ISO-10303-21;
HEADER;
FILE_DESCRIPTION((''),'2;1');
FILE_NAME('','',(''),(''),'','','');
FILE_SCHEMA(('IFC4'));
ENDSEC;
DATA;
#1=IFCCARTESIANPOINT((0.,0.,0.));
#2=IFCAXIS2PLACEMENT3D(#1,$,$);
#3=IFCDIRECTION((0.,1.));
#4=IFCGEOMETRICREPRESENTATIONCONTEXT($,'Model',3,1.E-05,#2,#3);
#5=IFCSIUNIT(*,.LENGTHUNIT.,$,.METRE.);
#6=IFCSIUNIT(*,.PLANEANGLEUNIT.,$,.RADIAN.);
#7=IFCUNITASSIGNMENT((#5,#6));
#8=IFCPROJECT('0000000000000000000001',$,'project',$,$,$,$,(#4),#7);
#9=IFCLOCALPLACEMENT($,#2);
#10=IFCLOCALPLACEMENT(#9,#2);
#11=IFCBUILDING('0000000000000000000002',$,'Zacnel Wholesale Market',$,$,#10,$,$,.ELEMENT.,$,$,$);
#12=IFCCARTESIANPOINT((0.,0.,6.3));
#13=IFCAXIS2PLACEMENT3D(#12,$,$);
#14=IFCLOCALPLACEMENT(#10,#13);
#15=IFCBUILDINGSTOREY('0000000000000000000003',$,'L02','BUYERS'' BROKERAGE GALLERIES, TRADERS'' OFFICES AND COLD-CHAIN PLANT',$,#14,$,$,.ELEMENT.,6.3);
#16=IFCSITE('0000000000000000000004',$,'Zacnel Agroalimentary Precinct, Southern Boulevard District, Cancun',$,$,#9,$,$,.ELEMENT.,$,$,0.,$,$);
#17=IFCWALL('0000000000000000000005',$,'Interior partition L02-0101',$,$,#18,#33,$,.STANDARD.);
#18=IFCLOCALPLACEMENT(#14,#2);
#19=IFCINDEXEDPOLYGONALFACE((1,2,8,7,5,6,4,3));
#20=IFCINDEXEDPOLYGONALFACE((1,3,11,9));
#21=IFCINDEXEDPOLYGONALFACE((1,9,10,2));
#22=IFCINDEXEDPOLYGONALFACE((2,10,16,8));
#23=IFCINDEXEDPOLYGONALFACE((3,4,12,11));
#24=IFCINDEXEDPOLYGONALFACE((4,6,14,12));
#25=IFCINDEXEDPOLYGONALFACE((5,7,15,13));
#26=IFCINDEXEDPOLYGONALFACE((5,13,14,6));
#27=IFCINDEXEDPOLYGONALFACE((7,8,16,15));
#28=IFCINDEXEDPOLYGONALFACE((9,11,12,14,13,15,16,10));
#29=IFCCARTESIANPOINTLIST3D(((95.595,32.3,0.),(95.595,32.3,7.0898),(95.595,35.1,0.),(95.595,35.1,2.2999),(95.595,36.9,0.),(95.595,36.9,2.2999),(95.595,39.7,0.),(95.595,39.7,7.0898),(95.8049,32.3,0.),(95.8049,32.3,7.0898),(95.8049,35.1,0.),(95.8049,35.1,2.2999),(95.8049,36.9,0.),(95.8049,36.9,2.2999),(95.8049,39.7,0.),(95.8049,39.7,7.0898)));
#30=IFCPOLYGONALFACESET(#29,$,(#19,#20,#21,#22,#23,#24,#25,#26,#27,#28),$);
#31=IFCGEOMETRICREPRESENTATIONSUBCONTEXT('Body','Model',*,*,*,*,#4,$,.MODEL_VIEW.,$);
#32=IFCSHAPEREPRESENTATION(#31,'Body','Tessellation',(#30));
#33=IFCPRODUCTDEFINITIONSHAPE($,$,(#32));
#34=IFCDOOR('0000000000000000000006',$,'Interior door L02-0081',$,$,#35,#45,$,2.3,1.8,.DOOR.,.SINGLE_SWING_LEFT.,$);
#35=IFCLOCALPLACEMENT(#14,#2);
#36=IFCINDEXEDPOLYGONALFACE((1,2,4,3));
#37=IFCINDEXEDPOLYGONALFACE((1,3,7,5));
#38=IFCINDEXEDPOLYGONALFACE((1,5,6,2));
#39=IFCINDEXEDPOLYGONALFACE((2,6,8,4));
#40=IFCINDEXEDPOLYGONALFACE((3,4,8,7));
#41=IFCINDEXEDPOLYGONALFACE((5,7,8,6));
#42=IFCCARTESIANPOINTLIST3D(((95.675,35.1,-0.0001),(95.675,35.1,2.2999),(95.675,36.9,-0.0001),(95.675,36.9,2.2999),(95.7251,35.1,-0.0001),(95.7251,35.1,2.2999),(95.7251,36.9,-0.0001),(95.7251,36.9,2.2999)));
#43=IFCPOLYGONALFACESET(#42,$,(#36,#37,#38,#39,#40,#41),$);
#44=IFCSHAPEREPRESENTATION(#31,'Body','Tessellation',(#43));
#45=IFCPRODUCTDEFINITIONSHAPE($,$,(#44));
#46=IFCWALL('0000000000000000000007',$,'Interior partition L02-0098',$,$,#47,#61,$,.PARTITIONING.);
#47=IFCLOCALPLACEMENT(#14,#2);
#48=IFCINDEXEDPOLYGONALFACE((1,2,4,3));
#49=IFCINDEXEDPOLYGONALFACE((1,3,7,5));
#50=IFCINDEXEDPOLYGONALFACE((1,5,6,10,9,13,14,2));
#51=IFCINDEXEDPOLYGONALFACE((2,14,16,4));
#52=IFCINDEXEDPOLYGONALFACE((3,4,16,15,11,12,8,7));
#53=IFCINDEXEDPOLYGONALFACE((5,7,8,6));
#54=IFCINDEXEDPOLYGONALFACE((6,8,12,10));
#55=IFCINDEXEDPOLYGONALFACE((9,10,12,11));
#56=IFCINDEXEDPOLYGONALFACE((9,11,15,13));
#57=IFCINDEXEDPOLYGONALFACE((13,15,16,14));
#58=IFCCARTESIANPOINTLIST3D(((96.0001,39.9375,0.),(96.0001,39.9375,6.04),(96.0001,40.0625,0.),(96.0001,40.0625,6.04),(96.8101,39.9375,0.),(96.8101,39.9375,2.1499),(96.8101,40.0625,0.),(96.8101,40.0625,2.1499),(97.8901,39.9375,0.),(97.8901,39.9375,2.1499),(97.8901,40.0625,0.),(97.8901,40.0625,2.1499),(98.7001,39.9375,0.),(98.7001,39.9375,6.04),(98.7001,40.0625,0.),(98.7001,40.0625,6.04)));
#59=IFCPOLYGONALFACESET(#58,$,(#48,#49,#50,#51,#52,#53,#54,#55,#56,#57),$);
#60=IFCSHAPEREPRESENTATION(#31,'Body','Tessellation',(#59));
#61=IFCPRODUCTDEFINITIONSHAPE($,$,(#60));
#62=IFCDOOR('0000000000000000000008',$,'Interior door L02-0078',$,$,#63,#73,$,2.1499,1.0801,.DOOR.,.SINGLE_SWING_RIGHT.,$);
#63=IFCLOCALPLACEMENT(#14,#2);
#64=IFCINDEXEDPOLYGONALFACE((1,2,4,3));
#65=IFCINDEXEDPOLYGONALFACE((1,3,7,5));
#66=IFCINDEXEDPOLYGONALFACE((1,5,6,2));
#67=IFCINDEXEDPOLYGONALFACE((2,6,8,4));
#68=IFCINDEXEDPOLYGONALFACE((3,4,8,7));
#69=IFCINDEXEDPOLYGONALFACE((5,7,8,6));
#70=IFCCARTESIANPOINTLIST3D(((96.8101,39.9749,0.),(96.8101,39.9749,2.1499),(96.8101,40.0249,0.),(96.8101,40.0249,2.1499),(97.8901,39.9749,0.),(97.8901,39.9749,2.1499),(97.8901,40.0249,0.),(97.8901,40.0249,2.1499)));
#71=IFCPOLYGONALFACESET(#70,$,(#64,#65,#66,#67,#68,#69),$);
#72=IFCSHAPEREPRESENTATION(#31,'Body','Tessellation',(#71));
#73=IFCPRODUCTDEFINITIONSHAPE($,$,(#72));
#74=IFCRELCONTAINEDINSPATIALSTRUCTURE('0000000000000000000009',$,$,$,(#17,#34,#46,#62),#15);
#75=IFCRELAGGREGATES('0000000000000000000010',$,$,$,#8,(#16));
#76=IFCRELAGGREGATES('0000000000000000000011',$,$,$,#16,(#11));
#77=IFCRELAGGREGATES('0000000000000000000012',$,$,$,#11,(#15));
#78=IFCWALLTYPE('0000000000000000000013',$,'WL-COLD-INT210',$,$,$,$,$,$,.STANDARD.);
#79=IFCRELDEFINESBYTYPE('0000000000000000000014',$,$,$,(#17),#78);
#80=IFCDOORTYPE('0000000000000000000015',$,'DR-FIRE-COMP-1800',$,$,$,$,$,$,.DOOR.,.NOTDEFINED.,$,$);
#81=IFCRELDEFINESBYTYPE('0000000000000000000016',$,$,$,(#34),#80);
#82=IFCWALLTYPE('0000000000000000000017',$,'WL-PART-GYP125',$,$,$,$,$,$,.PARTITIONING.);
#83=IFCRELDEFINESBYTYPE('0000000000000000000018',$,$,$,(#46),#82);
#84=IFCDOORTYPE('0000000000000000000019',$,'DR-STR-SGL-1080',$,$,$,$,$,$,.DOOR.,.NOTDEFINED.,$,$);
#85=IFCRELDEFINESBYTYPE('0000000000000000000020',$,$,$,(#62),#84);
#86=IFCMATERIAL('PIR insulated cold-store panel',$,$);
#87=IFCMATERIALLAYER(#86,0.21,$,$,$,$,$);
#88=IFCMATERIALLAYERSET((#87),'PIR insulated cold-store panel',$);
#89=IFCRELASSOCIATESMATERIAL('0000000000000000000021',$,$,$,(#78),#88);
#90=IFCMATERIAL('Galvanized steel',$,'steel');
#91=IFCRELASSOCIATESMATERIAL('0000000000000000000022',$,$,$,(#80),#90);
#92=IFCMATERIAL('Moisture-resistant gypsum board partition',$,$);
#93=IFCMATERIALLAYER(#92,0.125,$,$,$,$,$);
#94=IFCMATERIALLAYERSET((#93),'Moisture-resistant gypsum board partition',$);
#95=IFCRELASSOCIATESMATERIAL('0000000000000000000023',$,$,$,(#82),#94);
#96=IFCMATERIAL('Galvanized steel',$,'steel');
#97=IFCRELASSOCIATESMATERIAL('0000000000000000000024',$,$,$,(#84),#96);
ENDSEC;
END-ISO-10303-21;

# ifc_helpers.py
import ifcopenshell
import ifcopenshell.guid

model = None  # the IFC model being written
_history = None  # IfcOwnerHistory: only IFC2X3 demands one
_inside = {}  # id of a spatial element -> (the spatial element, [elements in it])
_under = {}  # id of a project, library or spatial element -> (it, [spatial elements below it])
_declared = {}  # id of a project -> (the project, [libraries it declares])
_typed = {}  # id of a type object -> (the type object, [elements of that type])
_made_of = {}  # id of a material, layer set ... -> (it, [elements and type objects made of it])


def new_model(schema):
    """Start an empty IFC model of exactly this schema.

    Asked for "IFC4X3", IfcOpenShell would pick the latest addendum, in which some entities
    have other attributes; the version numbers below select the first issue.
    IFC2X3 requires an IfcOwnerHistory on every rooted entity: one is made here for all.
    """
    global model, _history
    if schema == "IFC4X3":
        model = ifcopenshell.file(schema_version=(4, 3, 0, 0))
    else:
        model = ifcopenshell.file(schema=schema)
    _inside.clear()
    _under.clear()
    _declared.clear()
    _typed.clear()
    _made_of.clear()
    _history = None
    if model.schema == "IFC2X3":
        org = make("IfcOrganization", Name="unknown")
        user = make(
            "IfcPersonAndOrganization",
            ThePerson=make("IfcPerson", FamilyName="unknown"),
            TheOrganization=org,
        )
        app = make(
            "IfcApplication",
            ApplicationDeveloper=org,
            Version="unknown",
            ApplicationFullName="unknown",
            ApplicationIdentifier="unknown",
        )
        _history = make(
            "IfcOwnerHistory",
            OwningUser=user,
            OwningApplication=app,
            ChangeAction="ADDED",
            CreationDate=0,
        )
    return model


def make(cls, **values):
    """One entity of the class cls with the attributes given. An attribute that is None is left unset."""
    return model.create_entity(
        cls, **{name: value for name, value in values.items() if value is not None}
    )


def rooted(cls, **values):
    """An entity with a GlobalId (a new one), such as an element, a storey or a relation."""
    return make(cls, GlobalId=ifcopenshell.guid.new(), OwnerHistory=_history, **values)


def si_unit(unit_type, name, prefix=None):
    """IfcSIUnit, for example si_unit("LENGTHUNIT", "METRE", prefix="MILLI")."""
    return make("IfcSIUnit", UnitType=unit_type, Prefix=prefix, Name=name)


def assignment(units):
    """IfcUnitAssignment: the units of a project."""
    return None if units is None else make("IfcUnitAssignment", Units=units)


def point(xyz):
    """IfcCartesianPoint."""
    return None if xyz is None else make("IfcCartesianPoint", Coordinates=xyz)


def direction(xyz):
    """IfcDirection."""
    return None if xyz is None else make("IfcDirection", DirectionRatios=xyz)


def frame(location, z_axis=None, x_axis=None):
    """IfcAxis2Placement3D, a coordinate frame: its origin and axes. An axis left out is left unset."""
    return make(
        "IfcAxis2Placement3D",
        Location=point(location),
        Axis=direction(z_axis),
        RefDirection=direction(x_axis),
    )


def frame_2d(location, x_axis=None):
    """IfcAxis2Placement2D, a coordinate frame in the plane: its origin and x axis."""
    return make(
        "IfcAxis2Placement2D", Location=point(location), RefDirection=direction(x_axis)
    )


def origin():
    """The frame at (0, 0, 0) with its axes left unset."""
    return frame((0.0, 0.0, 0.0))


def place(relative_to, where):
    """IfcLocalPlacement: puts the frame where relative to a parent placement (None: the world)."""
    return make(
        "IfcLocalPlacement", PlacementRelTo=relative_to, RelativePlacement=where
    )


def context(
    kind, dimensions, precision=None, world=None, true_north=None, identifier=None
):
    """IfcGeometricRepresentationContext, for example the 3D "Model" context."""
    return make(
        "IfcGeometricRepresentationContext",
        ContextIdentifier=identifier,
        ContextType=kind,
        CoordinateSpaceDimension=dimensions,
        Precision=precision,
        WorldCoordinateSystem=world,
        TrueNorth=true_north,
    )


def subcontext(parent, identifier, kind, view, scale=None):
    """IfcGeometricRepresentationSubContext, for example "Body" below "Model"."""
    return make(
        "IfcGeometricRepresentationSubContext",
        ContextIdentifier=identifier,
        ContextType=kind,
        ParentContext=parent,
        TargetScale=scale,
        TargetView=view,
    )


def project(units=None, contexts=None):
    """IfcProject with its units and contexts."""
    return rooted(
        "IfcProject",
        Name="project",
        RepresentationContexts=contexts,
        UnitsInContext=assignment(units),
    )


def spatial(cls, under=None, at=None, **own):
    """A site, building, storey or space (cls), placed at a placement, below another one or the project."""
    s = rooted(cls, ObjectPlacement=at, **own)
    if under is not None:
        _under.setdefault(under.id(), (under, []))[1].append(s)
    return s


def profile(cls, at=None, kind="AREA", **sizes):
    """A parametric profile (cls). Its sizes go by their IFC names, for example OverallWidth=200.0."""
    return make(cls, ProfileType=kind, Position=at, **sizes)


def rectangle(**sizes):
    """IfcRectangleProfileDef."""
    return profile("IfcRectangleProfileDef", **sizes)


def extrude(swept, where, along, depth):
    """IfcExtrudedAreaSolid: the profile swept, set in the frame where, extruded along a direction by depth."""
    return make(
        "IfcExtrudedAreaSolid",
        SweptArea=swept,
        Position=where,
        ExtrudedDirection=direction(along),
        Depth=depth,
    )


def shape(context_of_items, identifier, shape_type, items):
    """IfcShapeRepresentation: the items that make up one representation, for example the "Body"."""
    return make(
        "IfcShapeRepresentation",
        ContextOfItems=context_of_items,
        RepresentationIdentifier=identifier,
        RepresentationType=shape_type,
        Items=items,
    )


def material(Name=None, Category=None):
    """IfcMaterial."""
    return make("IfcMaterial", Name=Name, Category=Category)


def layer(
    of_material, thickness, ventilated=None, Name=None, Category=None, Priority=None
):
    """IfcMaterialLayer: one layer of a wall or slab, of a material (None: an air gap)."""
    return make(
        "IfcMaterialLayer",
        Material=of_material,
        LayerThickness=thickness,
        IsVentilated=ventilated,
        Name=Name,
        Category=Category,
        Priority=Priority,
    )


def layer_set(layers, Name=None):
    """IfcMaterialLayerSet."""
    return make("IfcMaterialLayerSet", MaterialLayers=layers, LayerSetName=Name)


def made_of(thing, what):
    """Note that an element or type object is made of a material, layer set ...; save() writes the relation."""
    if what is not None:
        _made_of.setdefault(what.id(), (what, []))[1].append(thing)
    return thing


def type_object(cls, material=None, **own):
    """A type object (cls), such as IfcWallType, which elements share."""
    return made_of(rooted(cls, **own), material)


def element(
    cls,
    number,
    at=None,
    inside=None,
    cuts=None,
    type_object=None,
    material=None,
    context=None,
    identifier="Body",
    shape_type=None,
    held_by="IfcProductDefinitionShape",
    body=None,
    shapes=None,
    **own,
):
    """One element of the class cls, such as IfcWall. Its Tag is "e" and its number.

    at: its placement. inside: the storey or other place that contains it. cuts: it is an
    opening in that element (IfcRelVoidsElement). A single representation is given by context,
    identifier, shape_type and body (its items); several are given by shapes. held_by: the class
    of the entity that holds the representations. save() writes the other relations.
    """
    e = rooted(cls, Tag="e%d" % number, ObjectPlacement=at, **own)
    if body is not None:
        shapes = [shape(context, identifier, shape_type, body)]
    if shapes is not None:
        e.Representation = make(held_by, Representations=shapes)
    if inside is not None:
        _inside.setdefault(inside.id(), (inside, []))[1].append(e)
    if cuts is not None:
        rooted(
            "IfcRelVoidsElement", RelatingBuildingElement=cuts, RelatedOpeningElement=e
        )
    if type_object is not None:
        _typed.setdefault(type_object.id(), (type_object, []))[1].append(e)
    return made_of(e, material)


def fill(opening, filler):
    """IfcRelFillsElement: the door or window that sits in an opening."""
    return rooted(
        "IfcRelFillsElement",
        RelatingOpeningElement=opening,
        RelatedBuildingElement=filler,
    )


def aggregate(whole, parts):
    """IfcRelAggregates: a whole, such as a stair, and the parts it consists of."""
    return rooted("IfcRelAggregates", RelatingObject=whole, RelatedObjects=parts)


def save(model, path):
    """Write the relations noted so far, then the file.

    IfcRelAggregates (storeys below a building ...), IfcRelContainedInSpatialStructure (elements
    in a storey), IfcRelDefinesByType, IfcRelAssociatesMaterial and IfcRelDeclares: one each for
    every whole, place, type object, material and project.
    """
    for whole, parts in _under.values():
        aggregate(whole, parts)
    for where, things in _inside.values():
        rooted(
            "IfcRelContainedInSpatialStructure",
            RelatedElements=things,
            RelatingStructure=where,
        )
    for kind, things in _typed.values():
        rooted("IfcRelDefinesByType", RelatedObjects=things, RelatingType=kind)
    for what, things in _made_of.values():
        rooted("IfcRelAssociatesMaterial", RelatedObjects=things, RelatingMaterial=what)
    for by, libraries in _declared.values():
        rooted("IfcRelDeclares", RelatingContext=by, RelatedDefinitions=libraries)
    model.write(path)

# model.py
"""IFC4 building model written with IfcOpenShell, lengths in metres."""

from ifc_helpers import new_model, si_unit, direction, frame, frame_2d, origin, place, context, subcontext, project, spatial, rectangle, extrude, material, layer, layer_set, type_object, element, fill, save


model = new_model("IFC4")

# Units and contexts
model_context = context("Model", 3, precision=1e-05, world=origin(), true_north=direction((0.0, 1.0)))
body_context = subcontext(model_context, "Body", "Model", "MODEL_VIEW")
ifc_project = project(units=[si_unit("LENGTHUNIT", "METRE"), si_unit("PLANEANGLEUNIT", "RADIAN")], contexts=[model_context])

# Site, building, storey
site_placement = place(None, origin())
site = spatial("IfcSite", under=ifc_project, at=site_placement, Name="Zacnel Agroalimentary Precinct, Southern Boulevard District, Cancun", CompositionType="ELEMENT", RefElevation=0.0)
building_placement = place(site_placement, origin())
building = spatial("IfcBuilding", under=site, at=building_placement, Name="Zacnel Wholesale Market", CompositionType="ELEMENT")
storey_placement = place(building_placement, frame((0.0, 0.0, 6.3)))
storey = spatial("IfcBuildingStorey", under=building, at=storey_placement, Name="L02", Description="BUYERS' BROKERAGE GALLERIES, TRADERS' OFFICES AND COLD-CHAIN PLANT", CompositionType="ELEMENT", Elevation=6.3)

# Walls, openings, doors
ifc_material_1 = material(Name="PIR insulated cold-store panel")
ifc_layer_1 = layer(ifc_material_1, 0.21)
ifc_layer_set_1 = layer_set([ifc_layer_1], Name="PIR insulated cold-store panel")
wall_type_1 = type_object("IfcWallType", Name="WL-COLD-INT210", PredefinedType="STANDARD", material=ifc_layer_set_1)
wall_1_placement = place(storey_placement, frame((95.7, 32.3, 0.0), z_axis=(0.0, 0.0, 1.0), x_axis=(0.0, 1.0, 0.0)))
wall_1 = element("IfcWall", 1, at=wall_1_placement, inside=storey, type_object=wall_type_1, Name="Interior partition L02-0101", PredefinedType="STANDARD", context=body_context, shape_type="SweptSolid", body=[
    extrude(rectangle(XDim=7.3999, YDim=0.21, at=frame_2d((3.7, 0.0))), origin(), (0.0, 0.0, 1.0), 7.0898),
])
opening_1_placement = place(wall_1_placement, frame((2.8, 0.0, 0.0)))
opening_1 = element("IfcOpeningElement", 2, at=opening_1_placement, cuts=wall_1, PredefinedType="OPENING", context=body_context, shape_type="SweptSolid", body=[
    extrude(rectangle(XDim=1.8, YDim=2.3, at=frame_2d((0.8999, 1.1499))), frame((0.0, 0.115, 0.0), z_axis=(0.0, -1.0, 0.0), x_axis=(1.0, 0.0, 0.0)), (0.0, 0.0, 1.0), 0.23),
])
ifc_material_2 = material(Name="Galvanized steel", Category="steel")
door_type_1 = type_object("IfcDoorType", Name="DR-FIRE-COMP-1800", OperationType="NOTDEFINED", PredefinedType="DOOR", material=ifc_material_2)
door_1_placement = place(opening_1_placement, origin())
door_1 = element("IfcDoor", 3, at=door_1_placement, inside=storey, type_object=door_type_1, Name="Interior door L02-0081", OperationType="SINGLE_SWING_LEFT", OverallHeight=2.3, OverallWidth=1.8, PredefinedType="DOOR", context=body_context, shape_type="SweptSolid", body=[
    extrude(rectangle(XDim=1.8, YDim=2.3, at=frame_2d((0.8999, 1.1499))), frame((0.0, 0.0249, 0.0), z_axis=(0.0, -1.0, 0.0), x_axis=(1.0, 0.0, 0.0)), (0.0, 0.0, 1.0), 0.05),
])
fill(opening_1, door_1)
ifc_material_3 = material(Name="Moisture-resistant gypsum board partition")
ifc_layer_2 = layer(ifc_material_3, 0.125)
ifc_layer_set_2 = layer_set([ifc_layer_2], Name="Moisture-resistant gypsum board partition")
wall_type_2 = type_object("IfcWallType", Name="WL-PART-GYP125", PredefinedType="PARTITIONING", material=ifc_layer_set_2)
wall_2_placement = place(storey_placement, frame((96.0, 40.0, 0.0), z_axis=(0.0, 0.0, 1.0), x_axis=(1.0, 0.0, 0.0)))
wall_2 = element("IfcWall", 4, at=wall_2_placement, inside=storey, type_object=wall_type_2, Name="Interior partition L02-0098", PredefinedType="PARTITIONING", context=body_context, shape_type="SweptSolid", body=[
    extrude(rectangle(XDim=2.7, YDim=0.125, at=frame_2d((1.3501, 0.0))), origin(), (0.0, 0.0, 1.0), 6.04),
])
opening_2_placement = place(wall_2_placement, frame((0.8101, 0.0, 0.0)))
opening_2 = element("IfcOpeningElement", 5, at=opening_2_placement, cuts=wall_2, PredefinedType="OPENING", context=body_context, shape_type="SweptSolid", body=[
    extrude(rectangle(XDim=1.0801, YDim=2.1499, at=frame_2d((0.54, 1.075))), frame((0.0, 0.0725, 0.0), z_axis=(0.0, -1.0, 0.0), x_axis=(1.0, 0.0, 0.0)), (0.0, 0.0, 1.0), 0.145),
])
ifc_material_4 = material(Name="Galvanized steel", Category="steel")
door_type_2 = type_object("IfcDoorType", Name="DR-STR-SGL-1080", OperationType="NOTDEFINED", PredefinedType="DOOR", material=ifc_material_4)
door_2_placement = place(opening_2_placement, origin())
door_2 = element("IfcDoor", 6, at=door_2_placement, inside=storey, type_object=door_type_2, Name="Interior door L02-0078", OperationType="SINGLE_SWING_RIGHT", OverallHeight=2.1499, OverallWidth=1.0801, PredefinedType="DOOR", context=body_context, shape_type="SweptSolid", body=[
    extrude(rectangle(XDim=1.0801, YDim=2.1499, at=frame_2d((0.54, 1.075))), frame((0.0, 0.0249, 0.0), z_axis=(0.0, -1.0, 0.0), x_axis=(1.0, 0.0, 0.0)), (0.0, 0.0, 1.0), 0.05),
])
fill(opening_2, door_2)

save(model, "model.ifc")
